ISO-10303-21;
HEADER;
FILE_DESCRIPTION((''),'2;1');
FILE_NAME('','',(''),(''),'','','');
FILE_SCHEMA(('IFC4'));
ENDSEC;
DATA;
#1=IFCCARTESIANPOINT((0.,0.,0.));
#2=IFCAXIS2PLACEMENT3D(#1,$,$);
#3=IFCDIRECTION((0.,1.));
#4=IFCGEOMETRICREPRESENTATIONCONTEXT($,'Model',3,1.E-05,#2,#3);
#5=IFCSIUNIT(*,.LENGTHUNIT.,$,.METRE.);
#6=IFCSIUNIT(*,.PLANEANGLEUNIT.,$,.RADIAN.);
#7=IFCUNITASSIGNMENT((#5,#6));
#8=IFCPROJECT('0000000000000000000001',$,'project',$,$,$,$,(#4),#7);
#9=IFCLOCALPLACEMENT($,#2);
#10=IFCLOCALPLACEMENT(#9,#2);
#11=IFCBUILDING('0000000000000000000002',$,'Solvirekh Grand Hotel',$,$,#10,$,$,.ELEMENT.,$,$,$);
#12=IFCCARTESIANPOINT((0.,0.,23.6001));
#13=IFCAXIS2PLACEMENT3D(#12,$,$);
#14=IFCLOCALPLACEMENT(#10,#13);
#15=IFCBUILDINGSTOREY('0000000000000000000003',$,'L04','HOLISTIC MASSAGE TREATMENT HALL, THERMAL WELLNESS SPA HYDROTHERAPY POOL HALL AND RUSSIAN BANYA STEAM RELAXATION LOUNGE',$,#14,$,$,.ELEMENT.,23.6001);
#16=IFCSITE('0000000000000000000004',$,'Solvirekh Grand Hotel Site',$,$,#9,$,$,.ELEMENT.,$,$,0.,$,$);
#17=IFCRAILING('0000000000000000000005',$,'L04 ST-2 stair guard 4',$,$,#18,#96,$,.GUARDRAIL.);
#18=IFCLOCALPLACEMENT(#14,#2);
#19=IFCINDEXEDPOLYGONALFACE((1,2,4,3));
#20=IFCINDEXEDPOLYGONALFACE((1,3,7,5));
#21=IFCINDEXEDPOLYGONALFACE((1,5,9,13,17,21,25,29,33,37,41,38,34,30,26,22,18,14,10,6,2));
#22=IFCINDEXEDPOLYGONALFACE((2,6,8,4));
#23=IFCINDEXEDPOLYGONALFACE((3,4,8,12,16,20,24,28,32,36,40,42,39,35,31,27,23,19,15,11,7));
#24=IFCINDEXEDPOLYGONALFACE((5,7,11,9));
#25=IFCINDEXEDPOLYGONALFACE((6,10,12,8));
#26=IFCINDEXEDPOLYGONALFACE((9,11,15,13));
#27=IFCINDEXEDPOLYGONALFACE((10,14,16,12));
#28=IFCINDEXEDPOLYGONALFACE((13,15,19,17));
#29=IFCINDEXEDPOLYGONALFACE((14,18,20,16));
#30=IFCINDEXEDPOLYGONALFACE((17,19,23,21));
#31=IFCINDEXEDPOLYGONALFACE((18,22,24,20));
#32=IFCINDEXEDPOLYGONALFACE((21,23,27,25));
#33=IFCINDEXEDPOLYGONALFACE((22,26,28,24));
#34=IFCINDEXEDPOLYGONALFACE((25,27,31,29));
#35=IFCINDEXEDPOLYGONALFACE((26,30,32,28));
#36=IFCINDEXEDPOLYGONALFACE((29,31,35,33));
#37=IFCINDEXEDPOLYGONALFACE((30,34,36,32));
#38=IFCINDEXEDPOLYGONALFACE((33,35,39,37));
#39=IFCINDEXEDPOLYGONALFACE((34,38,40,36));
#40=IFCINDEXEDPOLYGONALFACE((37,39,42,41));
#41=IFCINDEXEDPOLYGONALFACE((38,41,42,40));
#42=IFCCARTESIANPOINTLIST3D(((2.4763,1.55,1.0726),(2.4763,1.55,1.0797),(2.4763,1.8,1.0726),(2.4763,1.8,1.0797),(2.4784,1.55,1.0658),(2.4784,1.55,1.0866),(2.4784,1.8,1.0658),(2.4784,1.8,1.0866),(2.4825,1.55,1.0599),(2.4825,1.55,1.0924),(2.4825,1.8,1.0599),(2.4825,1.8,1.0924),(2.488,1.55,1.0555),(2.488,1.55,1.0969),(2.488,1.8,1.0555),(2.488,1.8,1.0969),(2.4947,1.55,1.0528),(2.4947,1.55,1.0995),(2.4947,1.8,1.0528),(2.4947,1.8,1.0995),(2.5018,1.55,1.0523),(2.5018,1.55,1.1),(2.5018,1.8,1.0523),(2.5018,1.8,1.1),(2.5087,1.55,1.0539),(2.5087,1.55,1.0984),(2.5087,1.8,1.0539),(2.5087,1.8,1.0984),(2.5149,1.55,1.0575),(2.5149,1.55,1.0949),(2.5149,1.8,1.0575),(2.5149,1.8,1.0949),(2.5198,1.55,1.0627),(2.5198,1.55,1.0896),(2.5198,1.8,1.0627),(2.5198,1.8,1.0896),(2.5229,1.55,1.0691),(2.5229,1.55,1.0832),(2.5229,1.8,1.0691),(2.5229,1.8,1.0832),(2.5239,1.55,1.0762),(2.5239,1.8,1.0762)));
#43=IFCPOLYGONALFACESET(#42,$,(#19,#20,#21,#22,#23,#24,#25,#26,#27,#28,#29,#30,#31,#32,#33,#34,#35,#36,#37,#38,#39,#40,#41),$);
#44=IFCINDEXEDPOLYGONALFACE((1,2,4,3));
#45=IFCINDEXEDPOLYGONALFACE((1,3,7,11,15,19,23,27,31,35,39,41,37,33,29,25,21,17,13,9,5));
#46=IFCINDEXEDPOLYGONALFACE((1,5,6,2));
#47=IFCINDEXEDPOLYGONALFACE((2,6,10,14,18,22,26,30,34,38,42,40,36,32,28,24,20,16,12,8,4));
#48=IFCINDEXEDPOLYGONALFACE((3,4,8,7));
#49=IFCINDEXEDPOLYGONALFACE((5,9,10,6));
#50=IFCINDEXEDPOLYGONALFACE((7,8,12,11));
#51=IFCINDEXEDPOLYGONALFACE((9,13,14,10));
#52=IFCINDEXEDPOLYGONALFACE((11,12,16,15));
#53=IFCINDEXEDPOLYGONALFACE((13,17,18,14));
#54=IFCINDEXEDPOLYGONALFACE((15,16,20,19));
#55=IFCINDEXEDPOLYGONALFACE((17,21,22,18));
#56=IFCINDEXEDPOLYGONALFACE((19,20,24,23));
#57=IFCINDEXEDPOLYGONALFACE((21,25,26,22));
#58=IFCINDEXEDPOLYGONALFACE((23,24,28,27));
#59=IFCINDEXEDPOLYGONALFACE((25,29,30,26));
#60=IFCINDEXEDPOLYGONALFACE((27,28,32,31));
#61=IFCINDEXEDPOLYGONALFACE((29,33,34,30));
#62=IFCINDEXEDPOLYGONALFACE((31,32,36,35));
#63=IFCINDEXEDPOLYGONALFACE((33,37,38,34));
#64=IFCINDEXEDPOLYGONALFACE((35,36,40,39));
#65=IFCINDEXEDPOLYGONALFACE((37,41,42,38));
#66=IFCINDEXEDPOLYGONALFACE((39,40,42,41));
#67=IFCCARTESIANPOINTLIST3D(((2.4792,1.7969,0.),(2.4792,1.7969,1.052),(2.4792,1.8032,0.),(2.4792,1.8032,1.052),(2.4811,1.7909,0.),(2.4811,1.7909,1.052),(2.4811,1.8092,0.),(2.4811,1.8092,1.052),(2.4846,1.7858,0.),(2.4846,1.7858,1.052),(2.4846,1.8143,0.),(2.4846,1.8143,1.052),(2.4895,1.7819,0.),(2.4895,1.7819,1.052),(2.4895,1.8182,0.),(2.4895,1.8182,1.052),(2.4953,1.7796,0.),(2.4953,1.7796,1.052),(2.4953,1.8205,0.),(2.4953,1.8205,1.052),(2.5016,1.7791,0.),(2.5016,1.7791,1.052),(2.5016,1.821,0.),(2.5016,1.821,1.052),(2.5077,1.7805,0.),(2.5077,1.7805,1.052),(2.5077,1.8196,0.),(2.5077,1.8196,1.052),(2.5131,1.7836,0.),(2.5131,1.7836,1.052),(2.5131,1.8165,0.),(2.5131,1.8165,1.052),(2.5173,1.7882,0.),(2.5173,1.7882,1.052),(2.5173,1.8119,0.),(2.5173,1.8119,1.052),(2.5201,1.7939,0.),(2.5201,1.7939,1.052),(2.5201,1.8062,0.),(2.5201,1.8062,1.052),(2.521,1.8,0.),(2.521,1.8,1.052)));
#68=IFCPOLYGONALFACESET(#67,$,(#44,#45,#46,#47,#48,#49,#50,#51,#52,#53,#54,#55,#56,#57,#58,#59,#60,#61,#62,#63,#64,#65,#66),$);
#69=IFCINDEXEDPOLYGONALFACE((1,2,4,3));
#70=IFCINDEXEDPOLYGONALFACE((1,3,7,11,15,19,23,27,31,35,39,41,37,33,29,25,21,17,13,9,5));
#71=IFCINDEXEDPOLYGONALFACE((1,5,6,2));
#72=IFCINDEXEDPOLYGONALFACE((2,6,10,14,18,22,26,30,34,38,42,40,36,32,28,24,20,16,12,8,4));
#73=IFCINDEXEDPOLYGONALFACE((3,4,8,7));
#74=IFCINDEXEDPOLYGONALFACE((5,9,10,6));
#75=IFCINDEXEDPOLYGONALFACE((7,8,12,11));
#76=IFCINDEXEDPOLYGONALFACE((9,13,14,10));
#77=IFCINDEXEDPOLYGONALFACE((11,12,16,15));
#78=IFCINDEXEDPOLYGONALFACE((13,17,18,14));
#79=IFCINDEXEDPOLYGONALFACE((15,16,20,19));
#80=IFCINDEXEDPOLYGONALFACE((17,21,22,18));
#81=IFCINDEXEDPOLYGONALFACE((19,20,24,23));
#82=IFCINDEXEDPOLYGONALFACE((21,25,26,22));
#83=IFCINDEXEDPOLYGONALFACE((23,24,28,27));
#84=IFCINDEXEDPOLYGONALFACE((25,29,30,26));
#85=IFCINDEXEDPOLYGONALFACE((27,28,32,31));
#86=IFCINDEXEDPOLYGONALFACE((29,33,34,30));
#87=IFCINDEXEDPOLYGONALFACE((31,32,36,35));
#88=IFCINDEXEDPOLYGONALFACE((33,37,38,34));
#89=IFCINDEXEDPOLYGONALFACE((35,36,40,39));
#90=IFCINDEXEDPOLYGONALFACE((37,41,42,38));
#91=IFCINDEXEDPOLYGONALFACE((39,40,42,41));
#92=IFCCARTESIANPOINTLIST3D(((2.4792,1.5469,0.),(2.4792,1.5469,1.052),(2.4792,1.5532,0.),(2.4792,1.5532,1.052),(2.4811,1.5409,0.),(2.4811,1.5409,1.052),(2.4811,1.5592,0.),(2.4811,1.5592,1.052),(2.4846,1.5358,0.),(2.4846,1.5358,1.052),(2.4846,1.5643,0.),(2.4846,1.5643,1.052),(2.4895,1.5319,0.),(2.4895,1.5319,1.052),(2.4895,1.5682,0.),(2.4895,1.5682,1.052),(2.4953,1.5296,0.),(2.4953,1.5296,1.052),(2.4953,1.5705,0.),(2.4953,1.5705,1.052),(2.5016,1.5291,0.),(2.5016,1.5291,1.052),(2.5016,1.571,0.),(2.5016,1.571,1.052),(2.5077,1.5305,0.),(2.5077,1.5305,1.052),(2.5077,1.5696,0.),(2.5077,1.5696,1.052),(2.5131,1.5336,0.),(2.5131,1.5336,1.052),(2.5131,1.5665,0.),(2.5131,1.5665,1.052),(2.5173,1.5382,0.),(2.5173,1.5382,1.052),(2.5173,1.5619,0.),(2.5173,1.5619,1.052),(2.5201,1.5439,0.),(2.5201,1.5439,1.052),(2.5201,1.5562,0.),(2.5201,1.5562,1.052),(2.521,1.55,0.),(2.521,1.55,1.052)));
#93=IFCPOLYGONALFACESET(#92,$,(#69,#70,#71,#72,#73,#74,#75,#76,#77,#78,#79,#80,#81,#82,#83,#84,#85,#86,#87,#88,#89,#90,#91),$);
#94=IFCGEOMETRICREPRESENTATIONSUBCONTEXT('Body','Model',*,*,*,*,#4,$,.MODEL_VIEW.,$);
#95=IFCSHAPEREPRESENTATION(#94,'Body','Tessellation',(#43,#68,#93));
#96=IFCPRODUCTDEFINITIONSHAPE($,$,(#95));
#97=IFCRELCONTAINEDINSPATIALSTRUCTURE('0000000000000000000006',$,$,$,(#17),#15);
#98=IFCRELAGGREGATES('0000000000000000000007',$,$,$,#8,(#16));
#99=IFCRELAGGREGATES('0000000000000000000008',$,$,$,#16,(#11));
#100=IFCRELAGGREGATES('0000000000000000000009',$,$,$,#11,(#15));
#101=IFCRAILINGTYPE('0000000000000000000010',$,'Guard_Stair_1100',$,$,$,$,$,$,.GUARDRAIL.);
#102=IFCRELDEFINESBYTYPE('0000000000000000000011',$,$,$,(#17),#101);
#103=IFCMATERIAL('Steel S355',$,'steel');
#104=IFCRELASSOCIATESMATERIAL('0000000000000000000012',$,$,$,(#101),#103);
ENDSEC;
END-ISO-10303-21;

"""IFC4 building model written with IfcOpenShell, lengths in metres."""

from ifc_helpers import new_model, si_unit, direction, frame, origin, origin_2d, place, context, subcontext, project, spatial, circle, extrude, material, type_object, element, save


model = new_model("IFC4")

# Units and contexts
model_context = context("Model", 3, precision=1e-05, world=origin(), true_north=direction((0.0, 1.0)))
body_context = subcontext(model_context, "Body", "Model", "MODEL_VIEW")
ifc_project = project(units=[si_unit("LENGTHUNIT", "METRE"), si_unit("PLANEANGLEUNIT", "RADIAN")], contexts=[model_context])

# Site, building, storey
site_placement = place(None, origin())
site = spatial("IfcSite", under=ifc_project, at=site_placement, Name="Solvirekh Grand Hotel Site", CompositionType="ELEMENT", RefElevation=0.0)
building_placement = place(site_placement, origin())
building = spatial("IfcBuilding", under=site, at=building_placement, Name="Solvirekh Grand Hotel", CompositionType="ELEMENT")
storey_placement = place(building_placement, frame((0.0, 0.0, 23.6001)))
storey = spatial("IfcBuildingStorey", under=building, at=storey_placement, Name="L04", Description="HOLISTIC MASSAGE TREATMENT HALL, THERMAL WELLNESS SPA HYDROTHERAPY POOL HALL AND RUSSIAN BANYA STEAM RELAXATION LOUNGE", CompositionType="ELEMENT", Elevation=23.6001)

# Railing
ifc_material_1 = material(Name="Steel S355", Category="steel")
railing_type_1 = type_object("IfcRailingType", Name="Guard_Stair_1100", PredefinedType="GUARDRAIL", material=ifc_material_1)
railing_1_placement = place(storey_placement, frame((2.5, 1.8, 0.0)))
element("IfcRailing", 1, at=railing_1_placement, inside=storey, type_object=railing_type_1, Name="L04 ST-2 stair guard 4", PredefinedType="GUARDRAIL", context=body_context, shape_type="SweptSolid", body=[
    extrude(circle(Radius=0.0239, at=origin_2d()), frame((0.0, 0.0, 1.0762), z_axis=(0.0, -1.0, 0.0), x_axis=(1.0, 0.0, 0.0)), (0.0, 0.0, 1.0), 0.25),
    extrude(circle(Radius=0.021, at=origin_2d()), origin(), (0.0, 0.0, 1.0), 1.052),
    extrude(circle(Radius=0.021, at=origin_2d()), frame((0.0, -0.25, 0.0)), (0.0, 0.0, 1.0), 1.052),
])

save(model, "model.ifc")
